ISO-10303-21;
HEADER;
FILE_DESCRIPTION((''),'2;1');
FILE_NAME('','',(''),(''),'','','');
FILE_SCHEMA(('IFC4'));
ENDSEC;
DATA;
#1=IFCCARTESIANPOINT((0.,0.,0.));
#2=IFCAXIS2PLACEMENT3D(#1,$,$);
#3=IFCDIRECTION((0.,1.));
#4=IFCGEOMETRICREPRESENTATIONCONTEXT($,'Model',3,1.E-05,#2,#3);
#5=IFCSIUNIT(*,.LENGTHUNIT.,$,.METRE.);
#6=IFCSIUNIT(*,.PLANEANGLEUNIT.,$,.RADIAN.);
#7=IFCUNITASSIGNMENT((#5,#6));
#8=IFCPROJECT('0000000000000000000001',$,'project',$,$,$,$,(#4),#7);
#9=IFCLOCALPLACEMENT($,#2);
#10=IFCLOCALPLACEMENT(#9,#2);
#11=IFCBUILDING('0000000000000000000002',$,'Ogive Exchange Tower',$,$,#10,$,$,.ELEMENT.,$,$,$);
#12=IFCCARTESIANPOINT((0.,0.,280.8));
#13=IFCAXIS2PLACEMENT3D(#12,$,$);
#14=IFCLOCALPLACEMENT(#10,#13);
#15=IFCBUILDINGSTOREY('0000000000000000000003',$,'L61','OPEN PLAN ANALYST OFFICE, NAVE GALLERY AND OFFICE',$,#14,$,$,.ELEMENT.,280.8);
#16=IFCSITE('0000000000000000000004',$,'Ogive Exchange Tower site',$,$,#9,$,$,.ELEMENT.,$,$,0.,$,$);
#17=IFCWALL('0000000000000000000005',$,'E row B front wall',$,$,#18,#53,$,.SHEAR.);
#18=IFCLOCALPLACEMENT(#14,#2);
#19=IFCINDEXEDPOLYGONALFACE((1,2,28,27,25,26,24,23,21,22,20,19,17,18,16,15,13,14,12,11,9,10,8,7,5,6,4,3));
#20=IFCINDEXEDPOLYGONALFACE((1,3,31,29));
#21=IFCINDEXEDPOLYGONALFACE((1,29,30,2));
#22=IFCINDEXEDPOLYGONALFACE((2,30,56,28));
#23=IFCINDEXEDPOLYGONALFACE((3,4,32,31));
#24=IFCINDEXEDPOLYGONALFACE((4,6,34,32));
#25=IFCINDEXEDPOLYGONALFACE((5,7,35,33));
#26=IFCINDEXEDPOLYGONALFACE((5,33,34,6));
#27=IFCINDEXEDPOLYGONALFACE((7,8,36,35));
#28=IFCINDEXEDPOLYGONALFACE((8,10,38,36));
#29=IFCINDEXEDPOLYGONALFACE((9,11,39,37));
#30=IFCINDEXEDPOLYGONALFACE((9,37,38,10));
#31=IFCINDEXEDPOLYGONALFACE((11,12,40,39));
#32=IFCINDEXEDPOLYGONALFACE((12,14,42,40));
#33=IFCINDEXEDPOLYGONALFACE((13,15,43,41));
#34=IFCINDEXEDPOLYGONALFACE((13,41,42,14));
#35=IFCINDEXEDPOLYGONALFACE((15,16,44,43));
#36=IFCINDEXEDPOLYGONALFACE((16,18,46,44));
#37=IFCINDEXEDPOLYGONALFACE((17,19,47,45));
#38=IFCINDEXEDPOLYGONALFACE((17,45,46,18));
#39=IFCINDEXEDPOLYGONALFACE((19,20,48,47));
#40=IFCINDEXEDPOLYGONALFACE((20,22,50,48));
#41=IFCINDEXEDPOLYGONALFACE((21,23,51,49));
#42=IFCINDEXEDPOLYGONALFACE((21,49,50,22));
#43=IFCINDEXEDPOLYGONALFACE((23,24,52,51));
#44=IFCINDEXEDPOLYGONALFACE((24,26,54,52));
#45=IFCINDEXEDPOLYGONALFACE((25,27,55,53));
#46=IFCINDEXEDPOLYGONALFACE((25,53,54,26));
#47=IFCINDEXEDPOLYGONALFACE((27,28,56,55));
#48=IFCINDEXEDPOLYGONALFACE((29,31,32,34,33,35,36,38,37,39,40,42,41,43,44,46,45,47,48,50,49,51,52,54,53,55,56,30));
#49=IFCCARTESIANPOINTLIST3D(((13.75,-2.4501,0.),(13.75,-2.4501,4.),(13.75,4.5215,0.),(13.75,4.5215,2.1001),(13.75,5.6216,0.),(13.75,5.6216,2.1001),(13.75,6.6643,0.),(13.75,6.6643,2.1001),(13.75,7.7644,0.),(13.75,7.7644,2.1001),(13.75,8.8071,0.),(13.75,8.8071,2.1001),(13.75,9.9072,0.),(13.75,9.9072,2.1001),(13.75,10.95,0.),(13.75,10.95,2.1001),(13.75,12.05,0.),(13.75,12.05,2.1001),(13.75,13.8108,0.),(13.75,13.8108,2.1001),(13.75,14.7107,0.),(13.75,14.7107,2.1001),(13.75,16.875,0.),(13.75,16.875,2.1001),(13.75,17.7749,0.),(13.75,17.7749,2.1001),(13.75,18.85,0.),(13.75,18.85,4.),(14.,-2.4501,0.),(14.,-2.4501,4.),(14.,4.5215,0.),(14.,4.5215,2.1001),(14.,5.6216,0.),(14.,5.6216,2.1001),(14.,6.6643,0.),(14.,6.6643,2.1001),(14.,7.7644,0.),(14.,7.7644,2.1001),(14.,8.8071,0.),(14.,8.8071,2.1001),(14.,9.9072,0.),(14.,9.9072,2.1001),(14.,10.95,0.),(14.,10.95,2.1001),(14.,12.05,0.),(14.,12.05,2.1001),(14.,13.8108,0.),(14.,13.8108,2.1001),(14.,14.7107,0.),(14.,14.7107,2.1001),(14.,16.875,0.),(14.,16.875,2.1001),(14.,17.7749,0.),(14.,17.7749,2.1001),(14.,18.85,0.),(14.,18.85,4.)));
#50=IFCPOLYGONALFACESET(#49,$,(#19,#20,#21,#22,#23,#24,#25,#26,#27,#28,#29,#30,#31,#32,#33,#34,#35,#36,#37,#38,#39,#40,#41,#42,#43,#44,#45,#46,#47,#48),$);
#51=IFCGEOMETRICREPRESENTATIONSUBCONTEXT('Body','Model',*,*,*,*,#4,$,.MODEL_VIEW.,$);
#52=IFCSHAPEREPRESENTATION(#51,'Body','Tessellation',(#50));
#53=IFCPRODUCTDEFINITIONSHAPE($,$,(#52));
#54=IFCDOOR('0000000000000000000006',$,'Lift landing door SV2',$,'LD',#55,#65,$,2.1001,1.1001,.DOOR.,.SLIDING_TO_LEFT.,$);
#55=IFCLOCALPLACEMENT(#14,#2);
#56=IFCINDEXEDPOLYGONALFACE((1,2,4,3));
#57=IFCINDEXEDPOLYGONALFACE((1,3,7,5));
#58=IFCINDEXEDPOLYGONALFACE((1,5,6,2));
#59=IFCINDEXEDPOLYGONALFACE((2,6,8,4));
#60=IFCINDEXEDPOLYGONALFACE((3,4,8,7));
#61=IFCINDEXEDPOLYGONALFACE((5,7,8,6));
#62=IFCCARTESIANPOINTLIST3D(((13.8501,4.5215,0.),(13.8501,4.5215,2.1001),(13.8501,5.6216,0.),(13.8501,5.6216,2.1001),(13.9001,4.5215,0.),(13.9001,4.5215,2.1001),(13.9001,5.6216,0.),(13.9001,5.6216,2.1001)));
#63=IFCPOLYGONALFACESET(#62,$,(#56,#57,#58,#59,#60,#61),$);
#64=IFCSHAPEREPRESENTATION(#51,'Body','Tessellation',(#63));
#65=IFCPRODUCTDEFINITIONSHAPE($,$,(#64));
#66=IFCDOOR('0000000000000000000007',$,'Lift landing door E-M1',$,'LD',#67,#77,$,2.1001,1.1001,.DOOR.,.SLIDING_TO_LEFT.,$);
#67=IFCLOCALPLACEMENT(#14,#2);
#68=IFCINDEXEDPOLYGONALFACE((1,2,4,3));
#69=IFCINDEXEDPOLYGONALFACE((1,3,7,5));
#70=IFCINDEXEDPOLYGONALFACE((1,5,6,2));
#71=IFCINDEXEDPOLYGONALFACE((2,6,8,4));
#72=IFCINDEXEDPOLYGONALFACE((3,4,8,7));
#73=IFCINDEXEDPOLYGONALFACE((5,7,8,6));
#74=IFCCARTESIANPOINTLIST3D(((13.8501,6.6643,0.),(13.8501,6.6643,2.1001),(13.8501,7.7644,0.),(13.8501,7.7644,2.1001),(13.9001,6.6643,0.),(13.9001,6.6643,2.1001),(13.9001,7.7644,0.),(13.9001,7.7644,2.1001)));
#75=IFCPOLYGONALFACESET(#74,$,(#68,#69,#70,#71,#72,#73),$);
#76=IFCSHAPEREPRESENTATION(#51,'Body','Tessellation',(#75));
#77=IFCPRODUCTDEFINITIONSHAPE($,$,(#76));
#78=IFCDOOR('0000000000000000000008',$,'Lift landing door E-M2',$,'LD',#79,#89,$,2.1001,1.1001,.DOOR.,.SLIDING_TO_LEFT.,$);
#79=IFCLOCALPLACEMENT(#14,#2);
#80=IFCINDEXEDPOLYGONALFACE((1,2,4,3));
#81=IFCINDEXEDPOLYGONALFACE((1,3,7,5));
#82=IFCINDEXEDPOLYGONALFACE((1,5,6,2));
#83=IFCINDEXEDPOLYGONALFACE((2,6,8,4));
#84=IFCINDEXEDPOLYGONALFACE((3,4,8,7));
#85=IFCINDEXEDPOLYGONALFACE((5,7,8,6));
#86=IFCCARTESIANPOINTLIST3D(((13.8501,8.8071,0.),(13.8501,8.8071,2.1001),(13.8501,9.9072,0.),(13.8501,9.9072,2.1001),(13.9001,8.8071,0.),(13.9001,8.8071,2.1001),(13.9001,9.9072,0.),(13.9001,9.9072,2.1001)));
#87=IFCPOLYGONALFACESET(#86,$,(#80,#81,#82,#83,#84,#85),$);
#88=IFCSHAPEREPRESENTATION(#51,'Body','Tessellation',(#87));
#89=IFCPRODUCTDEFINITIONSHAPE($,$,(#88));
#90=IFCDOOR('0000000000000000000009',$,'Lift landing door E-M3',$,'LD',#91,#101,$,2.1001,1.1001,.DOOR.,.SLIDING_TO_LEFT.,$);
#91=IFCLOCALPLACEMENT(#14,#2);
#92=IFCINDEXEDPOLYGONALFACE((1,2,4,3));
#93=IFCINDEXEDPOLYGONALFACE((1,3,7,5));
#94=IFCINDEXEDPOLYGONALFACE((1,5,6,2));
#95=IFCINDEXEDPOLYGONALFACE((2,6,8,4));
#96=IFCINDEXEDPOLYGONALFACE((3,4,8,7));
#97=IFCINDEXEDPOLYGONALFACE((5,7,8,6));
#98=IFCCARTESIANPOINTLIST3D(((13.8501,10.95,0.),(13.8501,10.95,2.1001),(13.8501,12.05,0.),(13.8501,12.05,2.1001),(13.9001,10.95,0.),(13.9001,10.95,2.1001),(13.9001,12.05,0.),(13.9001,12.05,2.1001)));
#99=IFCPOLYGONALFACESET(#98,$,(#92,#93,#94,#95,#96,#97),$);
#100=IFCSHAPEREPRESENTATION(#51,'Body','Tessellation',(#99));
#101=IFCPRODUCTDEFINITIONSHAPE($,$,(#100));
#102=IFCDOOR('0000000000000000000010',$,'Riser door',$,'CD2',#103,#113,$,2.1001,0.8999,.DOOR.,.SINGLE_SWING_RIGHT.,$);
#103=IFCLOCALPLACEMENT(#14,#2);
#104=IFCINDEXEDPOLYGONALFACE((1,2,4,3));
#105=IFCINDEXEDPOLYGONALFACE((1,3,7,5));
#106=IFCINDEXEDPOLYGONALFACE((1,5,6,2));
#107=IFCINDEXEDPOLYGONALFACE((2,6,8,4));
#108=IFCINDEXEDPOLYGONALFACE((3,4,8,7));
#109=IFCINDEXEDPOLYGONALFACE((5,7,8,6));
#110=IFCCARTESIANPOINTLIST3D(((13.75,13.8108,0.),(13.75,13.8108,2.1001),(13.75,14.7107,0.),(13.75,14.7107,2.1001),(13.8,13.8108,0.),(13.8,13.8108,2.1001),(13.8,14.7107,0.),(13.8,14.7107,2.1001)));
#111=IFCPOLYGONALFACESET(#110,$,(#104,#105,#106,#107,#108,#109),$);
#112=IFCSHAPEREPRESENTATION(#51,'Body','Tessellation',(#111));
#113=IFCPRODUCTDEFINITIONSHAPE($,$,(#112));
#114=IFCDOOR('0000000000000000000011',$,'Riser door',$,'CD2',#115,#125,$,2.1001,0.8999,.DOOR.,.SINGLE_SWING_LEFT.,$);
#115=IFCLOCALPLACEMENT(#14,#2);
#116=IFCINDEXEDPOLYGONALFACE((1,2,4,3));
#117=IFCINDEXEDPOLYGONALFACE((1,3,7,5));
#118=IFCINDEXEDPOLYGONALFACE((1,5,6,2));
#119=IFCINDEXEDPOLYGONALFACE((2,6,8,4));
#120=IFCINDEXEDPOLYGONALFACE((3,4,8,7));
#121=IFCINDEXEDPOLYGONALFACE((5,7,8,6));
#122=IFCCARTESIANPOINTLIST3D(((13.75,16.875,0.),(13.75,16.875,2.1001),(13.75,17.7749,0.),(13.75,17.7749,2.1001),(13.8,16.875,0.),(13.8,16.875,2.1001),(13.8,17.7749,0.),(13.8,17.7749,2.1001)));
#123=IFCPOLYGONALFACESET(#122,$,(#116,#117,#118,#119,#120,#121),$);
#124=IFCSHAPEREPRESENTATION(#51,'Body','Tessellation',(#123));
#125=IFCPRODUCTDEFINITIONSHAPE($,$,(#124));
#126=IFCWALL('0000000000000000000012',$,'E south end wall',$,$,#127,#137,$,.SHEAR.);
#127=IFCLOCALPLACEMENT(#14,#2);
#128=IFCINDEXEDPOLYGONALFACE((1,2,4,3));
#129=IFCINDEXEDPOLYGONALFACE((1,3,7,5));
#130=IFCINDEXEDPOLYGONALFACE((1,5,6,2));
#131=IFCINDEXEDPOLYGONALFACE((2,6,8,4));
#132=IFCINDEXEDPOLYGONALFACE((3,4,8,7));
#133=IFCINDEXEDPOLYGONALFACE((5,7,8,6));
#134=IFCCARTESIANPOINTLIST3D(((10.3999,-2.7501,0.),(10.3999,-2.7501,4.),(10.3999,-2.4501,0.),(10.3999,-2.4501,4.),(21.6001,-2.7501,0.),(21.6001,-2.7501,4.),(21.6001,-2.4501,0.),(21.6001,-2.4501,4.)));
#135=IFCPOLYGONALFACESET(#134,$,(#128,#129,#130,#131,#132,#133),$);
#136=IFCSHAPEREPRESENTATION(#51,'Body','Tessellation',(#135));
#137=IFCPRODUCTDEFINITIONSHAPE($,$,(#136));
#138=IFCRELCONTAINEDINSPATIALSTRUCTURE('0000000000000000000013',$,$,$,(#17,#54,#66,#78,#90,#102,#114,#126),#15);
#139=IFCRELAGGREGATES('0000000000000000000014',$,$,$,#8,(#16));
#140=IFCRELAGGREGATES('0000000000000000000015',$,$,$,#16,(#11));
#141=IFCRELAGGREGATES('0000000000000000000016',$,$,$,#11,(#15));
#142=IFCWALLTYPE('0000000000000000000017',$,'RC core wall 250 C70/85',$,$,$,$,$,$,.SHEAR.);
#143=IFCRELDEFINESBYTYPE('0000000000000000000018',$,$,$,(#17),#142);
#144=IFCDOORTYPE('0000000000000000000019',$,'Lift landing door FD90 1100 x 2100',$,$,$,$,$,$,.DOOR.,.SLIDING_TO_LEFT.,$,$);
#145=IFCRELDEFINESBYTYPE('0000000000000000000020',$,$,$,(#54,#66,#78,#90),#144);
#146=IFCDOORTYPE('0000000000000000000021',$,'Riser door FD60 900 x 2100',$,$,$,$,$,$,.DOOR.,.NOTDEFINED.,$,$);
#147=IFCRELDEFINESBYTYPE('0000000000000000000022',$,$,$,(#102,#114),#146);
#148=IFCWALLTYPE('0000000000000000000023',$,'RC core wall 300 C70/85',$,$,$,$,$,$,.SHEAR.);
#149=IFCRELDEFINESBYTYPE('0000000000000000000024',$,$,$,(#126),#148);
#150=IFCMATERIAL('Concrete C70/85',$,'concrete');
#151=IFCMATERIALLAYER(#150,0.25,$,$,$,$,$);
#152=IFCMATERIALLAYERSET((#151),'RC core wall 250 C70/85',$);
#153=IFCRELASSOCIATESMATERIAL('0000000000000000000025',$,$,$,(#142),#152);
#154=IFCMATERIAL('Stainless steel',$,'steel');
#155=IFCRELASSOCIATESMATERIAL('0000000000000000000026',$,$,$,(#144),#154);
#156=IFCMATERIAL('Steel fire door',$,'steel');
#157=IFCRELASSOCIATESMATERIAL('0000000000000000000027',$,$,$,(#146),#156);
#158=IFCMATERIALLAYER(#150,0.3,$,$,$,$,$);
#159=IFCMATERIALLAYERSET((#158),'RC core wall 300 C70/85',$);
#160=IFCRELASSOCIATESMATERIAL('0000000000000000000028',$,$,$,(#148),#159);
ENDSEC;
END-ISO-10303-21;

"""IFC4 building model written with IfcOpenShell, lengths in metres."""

from ifc_helpers import new_model, si_unit, direction, frame, frame_2d, origin, place, context, subcontext, project, spatial, rectangle, extrude, material, layer, layer_set, type_object, element, fill, save


model = new_model("IFC4")

# Units and contexts
model_context = context("Model", 3, precision=1e-05, world=origin(), true_north=direction((0.0, 1.0)))
body_context = subcontext(model_context, "Body", "Model", "MODEL_VIEW")
ifc_project = project(units=[si_unit("LENGTHUNIT", "METRE"), si_unit("PLANEANGLEUNIT", "RADIAN")], contexts=[model_context])

# Site, building, storey
site_placement = place(None, origin())
site = spatial("IfcSite", under=ifc_project, at=site_placement, Name="Ogive Exchange Tower site", CompositionType="ELEMENT", RefElevation=0.0)
building_placement = place(site_placement, origin())
building = spatial("IfcBuilding", under=site, at=building_placement, Name="Ogive Exchange Tower", CompositionType="ELEMENT")
storey_placement = place(building_placement, frame((0.0, 0.0, 280.8)))
storey = spatial("IfcBuildingStorey", under=building, at=storey_placement, Name="L61", Description="OPEN PLAN ANALYST OFFICE, NAVE GALLERY AND OFFICE", CompositionType="ELEMENT", Elevation=280.8)

# Shared definitions
ifc_material_1 = material(Name="Concrete C70/85", Category="concrete")
ifc_layer_1 = layer(ifc_material_1, 0.25)
ifc_layer_set_1 = layer_set([ifc_layer_1], Name="RC core wall 250 C70/85")
wall_type_1 = type_object("IfcWallType", Name="RC core wall 250 C70/85", PredefinedType="SHEAR", material=ifc_layer_set_1)
ifc_material_2 = material(Name="Steel fire door", Category="steel")

# Wall, openings, doors
wall_1_placement = place(storey_placement, frame((13.875, -2.45, 0.0), z_axis=(0.0, 0.0, 1.0), x_axis=(0.0, 1.0, 0.0)))
wall_1 = element("IfcWall", 1, at=wall_1_placement, inside=storey, type_object=wall_type_1, Name="E row B front wall", PredefinedType="SHEAR", context=body_context, shape_type="SweptSolid", body=[
    extrude(rectangle(XDim=21.3, YDim=0.25, at=frame_2d((10.6499, 0.0))), origin(), (0.0, 0.0, 1.0), 4.0),
])
opening_1_placement = place(wall_1_placement, frame((16.2607, 0.0, 0.0)))
opening_1 = element("IfcOpeningElement", 2, at=opening_1_placement, cuts=wall_1, PredefinedType="OPENING", context=body_context, shape_type="SweptSolid", body=[
    extrude(rectangle(XDim=0.8999, YDim=2.1001, at=frame_2d((0.45, 1.05))), frame((0.0, 0.135, 0.0), z_axis=(0.0, -1.0, 0.0), x_axis=(1.0, 0.0, 0.0)), (0.0, 0.0, 1.0), 0.27),
])
opening_2_placement = place(wall_1_placement, frame((19.325, 0.0, 0.0)))
opening_2 = element("IfcOpeningElement", 3, at=opening_2_placement, cuts=wall_1, PredefinedType="OPENING", context=body_context, shape_type="SweptSolid", body=[
    extrude(rectangle(XDim=0.8999, YDim=2.1001, at=frame_2d((0.45, 1.05))), frame((0.0, 0.135, 0.0), z_axis=(0.0, -1.0, 0.0), x_axis=(1.0, 0.0, 0.0)), (0.0, 0.0, 1.0), 0.27),
])
opening_3_placement = place(wall_1_placement, frame((6.9714, 0.0, 0.0)))
opening_3 = element("IfcOpeningElement", 4, at=opening_3_placement, cuts=wall_1, PredefinedType="OPENING", context=body_context, shape_type="SweptSolid", body=[
    extrude(rectangle(XDim=1.1001, YDim=2.1001, at=frame_2d((0.55, 1.05))), frame((0.0, 0.135, 0.0), z_axis=(0.0, -1.0, 0.0), x_axis=(1.0, 0.0, 0.0)), (0.0, 0.0, 1.0), 0.27),
])
opening_4_placement = place(wall_1_placement, frame((9.1143, 0.0, 0.0)))
opening_4 = element("IfcOpeningElement", 5, at=opening_4_placement, cuts=wall_1, PredefinedType="OPENING", context=body_context, shape_type="SweptSolid", body=[
    extrude(rectangle(XDim=1.1001, YDim=2.1001, at=frame_2d((0.55, 1.05))), frame((0.0, 0.135, 0.0), z_axis=(0.0, -1.0, 0.0), x_axis=(1.0, 0.0, 0.0)), (0.0, 0.0, 1.0), 0.27),
])
opening_5_placement = place(wall_1_placement, frame((11.2571, 0.0, 0.0)))
opening_5 = element("IfcOpeningElement", 6, at=opening_5_placement, cuts=wall_1, PredefinedType="OPENING", context=body_context, shape_type="SweptSolid", body=[
    extrude(rectangle(XDim=1.1001, YDim=2.1001, at=frame_2d((0.55, 1.05))), frame((0.0, 0.135, 0.0), z_axis=(0.0, -1.0, 0.0), x_axis=(1.0, 0.0, 0.0)), (0.0, 0.0, 1.0), 0.27),
])
opening_6_placement = place(wall_1_placement, frame((13.3999, 0.0, 0.0)))
opening_6 = element("IfcOpeningElement", 7, at=opening_6_placement, cuts=wall_1, PredefinedType="OPENING", context=body_context, shape_type="SweptSolid", body=[
    extrude(rectangle(XDim=1.1001, YDim=2.1001, at=frame_2d((0.55, 1.05))), frame((0.0, 0.135, 0.0), z_axis=(0.0, -1.0, 0.0), x_axis=(1.0, 0.0, 0.0)), (0.0, 0.0, 1.0), 0.27),
])
ifc_material_3 = material(Name="Stainless steel", Category="steel")
door_type_1 = type_object("IfcDoorType", Name="Lift landing door FD90 1100 x 2100", OperationType="SLIDING_TO_LEFT", PredefinedType="DOOR", material=ifc_material_3)
door_1_placement = place(opening_3_placement, origin())
door_1 = element("IfcDoor", 8, at=door_1_placement, inside=storey, type_object=door_type_1, Name="Lift landing door SV2", ObjectType="LD", OperationType="SLIDING_TO_LEFT", OverallHeight=2.1001, OverallWidth=1.1001, PredefinedType="DOOR", context=body_context, shape_type="SweptSolid", body=[
    extrude(rectangle(XDim=1.1001, YDim=2.1001, at=frame_2d((0.55, 1.05))), frame((0.0, 0.0249, 0.0), z_axis=(0.0, -1.0, 0.0), x_axis=(1.0, 0.0, 0.0)), (0.0, 0.0, 1.0), 0.05),
])
fill(opening_3, door_1)
door_2_placement = place(opening_4_placement, origin())
door_2 = element("IfcDoor", 9, at=door_2_placement, inside=storey, type_object=door_type_1, Name="Lift landing door E-M1", ObjectType="LD", OperationType="SLIDING_TO_LEFT", OverallHeight=2.1001, OverallWidth=1.1001, PredefinedType="DOOR", context=body_context, shape_type="SweptSolid", body=[
    extrude(rectangle(XDim=1.1001, YDim=2.1001, at=frame_2d((0.55, 1.05))), frame((0.0, 0.0249, 0.0), z_axis=(0.0, -1.0, 0.0), x_axis=(1.0, 0.0, 0.0)), (0.0, 0.0, 1.0), 0.05),
])
fill(opening_4, door_2)
door_3_placement = place(opening_5_placement, origin())
door_3 = element("IfcDoor", 10, at=door_3_placement, inside=storey, type_object=door_type_1, Name="Lift landing door E-M2", ObjectType="LD", OperationType="SLIDING_TO_LEFT", OverallHeight=2.1001, OverallWidth=1.1001, PredefinedType="DOOR", context=body_context, shape_type="SweptSolid", body=[
    extrude(rectangle(XDim=1.1001, YDim=2.1001, at=frame_2d((0.55, 1.05))), frame((0.0, 0.0249, 0.0), z_axis=(0.0, -1.0, 0.0), x_axis=(1.0, 0.0, 0.0)), (0.0, 0.0, 1.0), 0.05),
])
fill(opening_5, door_3)
door_4_placement = place(opening_6_placement, origin())
door_4 = element("IfcDoor", 11, at=door_4_placement, inside=storey, type_object=door_type_1, Name="Lift landing door E-M3", ObjectType="LD", OperationType="SLIDING_TO_LEFT", OverallHeight=2.1001, OverallWidth=1.1001, PredefinedType="DOOR", context=body_context, shape_type="SweptSolid", body=[
    extrude(rectangle(XDim=1.1001, YDim=2.1001, at=frame_2d((0.55, 1.05))), frame((0.0, 0.0249, 0.0), z_axis=(0.0, -1.0, 0.0), x_axis=(1.0, 0.0, 0.0)), (0.0, 0.0, 1.0), 0.05),
])
fill(opening_6, door_4)
door_type_2 = type_object("IfcDoorType", Name="Riser door FD60 900 x 2100", OperationType="NOTDEFINED", PredefinedType="DOOR", material=ifc_material_2)
door_5_placement = place(opening_1_placement, origin())
door_5 = element("IfcDoor", 12, at=door_5_placement, inside=storey, type_object=door_type_2, Name="Riser door", ObjectType="CD2", OperationType="SINGLE_SWING_RIGHT", OverallHeight=2.1001, OverallWidth=0.8999, PredefinedType="DOOR", context=body_context, shape_type="SweptSolid", body=[
    extrude(rectangle(XDim=0.8999, YDim=2.1001, at=frame_2d((0.45, 1.05))), frame((0.0, 0.125, 0.0), z_axis=(0.0, -1.0, 0.0), x_axis=(1.0, 0.0, 0.0)), (0.0, 0.0, 1.0), 0.05),
])
fill(opening_1, door_5)
door_6_placement = place(opening_2_placement, origin())
door_6 = element("IfcDoor", 13, at=door_6_placement, inside=storey, type_object=door_type_2, Name="Riser door", ObjectType="CD2", OperationType="SINGLE_SWING_LEFT", OverallHeight=2.1001, OverallWidth=0.8999, PredefinedType="DOOR", context=body_context, shape_type="SweptSolid", body=[
    extrude(rectangle(XDim=0.8999, YDim=2.1001, at=frame_2d((0.45, 1.05))), frame((0.0, 0.125, 0.0), z_axis=(0.0, -1.0, 0.0), x_axis=(1.0, 0.0, 0.0)), (0.0, 0.0, 1.0), 0.05),
])
fill(opening_2, door_6)

# Wall
ifc_layer_2 = layer(ifc_material_1, 0.3)
ifc_layer_set_2 = layer_set([ifc_layer_2], Name="RC core wall 300 C70/85")
wall_type_2 = type_object("IfcWallType", Name="RC core wall 300 C70/85", PredefinedType="SHEAR", material=ifc_layer_set_2)
wall_2_placement = place(storey_placement, frame((10.3999, -2.6001, 0.0), z_axis=(0.0, 0.0, 1.0), x_axis=(1.0, 0.0, 0.0)))
element("IfcWall", 14, at=wall_2_placement, inside=storey, type_object=wall_type_2, Name="E south end wall", PredefinedType="SHEAR", context=body_context, shape_type="SweptSolid", body=[
    extrude(rectangle(XDim=11.2002, YDim=0.3, at=frame_2d((5.6001, 0.0))), origin(), (0.0, 0.0, 1.0), 4.0),
])

save(model, "model.ifc")
